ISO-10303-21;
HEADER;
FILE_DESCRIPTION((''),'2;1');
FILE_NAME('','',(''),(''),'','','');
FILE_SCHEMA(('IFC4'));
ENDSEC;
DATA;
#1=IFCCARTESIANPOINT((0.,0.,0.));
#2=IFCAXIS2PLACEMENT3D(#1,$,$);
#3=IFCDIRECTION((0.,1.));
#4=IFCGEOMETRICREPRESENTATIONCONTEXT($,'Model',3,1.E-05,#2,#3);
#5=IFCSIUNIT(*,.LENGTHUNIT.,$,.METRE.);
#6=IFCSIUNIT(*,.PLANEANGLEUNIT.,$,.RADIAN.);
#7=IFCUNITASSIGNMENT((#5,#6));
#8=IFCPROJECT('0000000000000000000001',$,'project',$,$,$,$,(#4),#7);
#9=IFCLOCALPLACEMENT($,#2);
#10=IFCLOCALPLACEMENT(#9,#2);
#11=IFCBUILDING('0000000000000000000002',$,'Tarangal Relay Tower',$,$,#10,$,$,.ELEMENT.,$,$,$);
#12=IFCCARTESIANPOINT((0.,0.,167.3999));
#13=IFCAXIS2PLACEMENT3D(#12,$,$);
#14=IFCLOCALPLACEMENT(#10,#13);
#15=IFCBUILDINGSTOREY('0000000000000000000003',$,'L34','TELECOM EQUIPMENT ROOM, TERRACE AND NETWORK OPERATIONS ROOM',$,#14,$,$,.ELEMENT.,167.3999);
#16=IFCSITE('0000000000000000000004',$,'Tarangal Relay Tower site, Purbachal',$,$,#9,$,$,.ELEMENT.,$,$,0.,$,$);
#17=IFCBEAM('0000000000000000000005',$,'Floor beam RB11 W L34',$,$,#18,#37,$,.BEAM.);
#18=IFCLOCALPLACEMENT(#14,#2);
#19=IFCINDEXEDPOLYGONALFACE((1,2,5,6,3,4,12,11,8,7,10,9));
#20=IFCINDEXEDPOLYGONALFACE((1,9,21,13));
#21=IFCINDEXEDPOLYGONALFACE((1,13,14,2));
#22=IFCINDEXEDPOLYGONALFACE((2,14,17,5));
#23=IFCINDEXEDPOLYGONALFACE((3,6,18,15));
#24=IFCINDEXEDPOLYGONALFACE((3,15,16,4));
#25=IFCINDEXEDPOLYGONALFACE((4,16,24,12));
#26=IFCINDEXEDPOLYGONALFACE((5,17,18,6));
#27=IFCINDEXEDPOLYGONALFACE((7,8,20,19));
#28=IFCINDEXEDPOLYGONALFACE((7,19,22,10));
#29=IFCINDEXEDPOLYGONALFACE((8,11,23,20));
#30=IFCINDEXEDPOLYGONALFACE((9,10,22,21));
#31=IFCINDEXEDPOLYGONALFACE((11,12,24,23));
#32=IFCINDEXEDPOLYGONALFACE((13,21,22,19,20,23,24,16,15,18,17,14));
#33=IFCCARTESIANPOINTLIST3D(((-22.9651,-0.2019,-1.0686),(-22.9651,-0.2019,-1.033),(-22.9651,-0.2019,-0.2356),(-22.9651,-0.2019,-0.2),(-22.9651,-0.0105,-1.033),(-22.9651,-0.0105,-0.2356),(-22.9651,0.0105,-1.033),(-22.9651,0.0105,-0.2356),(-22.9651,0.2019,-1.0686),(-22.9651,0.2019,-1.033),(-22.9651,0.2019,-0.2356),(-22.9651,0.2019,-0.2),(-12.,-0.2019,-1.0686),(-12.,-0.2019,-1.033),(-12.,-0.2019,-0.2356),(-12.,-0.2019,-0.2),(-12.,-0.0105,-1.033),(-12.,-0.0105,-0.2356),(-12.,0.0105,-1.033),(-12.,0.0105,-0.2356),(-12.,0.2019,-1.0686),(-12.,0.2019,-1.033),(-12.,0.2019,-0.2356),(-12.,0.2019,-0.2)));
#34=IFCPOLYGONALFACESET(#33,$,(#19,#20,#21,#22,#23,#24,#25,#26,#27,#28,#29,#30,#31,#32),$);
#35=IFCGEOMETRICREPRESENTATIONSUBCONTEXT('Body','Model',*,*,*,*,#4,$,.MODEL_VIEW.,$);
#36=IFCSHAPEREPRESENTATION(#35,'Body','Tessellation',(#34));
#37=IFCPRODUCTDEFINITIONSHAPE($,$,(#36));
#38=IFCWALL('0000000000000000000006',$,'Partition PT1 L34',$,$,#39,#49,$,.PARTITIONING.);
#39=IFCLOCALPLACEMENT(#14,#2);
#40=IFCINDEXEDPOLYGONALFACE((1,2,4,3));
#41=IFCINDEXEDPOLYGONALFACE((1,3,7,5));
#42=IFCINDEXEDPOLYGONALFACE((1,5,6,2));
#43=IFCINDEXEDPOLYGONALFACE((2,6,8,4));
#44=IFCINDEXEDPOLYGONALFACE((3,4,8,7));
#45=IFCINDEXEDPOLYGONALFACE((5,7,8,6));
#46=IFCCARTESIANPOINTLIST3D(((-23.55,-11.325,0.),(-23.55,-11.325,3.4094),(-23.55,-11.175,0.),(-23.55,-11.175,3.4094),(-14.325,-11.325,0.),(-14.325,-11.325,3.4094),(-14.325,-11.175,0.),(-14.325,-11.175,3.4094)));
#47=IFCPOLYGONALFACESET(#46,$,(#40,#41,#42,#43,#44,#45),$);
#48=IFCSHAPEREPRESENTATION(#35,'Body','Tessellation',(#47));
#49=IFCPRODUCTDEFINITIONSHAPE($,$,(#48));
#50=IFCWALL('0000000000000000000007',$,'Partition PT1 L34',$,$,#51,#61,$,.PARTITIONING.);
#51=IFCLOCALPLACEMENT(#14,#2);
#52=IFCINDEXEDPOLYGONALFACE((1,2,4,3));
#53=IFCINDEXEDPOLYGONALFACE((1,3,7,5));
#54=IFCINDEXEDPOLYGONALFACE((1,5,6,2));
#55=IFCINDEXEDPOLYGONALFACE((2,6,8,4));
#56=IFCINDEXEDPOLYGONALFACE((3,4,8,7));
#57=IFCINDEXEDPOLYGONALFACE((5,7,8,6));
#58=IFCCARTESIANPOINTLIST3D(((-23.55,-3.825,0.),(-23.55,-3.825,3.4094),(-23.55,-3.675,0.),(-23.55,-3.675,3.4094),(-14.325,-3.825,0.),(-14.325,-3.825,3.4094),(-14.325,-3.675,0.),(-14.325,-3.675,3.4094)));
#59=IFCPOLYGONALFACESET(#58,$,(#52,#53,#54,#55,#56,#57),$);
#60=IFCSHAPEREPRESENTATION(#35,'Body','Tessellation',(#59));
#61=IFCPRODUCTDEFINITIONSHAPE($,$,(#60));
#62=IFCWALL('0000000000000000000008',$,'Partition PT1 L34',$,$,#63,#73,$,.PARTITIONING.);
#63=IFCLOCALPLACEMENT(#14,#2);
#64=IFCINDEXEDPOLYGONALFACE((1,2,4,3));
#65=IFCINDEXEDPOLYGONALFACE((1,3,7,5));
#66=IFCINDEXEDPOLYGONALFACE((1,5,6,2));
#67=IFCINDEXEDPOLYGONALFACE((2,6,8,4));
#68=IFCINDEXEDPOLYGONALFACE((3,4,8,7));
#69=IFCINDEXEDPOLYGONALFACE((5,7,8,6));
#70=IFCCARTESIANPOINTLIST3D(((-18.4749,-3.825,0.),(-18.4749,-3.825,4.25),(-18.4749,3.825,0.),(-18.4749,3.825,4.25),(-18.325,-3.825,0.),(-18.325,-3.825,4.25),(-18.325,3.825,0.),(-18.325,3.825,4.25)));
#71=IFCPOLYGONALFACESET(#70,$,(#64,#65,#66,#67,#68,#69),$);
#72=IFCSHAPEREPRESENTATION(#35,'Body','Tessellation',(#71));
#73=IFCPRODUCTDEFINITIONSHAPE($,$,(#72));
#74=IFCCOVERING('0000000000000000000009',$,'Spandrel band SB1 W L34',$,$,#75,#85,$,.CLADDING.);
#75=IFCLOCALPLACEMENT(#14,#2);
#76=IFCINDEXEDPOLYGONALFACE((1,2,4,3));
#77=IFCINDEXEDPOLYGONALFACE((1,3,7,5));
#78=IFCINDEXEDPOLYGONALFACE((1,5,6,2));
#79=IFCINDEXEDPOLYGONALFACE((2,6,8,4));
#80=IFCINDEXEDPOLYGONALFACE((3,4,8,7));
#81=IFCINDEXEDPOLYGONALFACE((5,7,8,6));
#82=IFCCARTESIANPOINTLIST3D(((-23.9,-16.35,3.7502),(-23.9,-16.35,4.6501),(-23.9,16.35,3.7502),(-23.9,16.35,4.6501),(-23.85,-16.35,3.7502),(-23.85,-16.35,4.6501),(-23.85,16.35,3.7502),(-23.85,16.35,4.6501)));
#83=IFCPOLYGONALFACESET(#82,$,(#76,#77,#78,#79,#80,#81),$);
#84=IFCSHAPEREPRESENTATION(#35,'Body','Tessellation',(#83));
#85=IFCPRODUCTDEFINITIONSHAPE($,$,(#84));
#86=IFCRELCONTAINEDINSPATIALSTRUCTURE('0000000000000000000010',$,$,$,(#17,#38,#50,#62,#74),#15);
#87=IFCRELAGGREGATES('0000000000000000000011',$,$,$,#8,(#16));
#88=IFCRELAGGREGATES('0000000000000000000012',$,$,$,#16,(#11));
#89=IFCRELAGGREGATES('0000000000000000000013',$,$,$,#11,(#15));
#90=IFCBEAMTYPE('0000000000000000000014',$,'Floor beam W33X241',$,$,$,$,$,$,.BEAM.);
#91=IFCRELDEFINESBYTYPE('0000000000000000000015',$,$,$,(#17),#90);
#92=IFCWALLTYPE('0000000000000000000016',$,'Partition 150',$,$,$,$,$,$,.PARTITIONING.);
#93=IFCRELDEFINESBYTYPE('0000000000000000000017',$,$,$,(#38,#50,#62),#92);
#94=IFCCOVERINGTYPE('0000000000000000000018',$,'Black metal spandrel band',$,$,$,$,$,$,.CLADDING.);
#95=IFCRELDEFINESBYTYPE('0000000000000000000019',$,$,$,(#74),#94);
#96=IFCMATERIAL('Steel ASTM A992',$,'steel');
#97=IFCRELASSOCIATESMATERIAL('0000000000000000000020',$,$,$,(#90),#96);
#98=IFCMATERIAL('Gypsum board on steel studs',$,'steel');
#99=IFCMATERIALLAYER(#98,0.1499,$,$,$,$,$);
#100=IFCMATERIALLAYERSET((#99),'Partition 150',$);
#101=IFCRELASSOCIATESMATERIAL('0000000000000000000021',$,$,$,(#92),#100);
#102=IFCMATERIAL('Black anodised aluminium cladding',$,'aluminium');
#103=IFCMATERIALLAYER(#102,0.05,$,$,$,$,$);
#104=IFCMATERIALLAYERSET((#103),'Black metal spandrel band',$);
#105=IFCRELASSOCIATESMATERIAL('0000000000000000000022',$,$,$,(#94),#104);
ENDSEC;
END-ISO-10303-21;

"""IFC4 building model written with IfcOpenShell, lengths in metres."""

from ifc_helpers import new_model, si_unit, direction, frame, frame_2d, origin, origin_2d, place, context, subcontext, project, spatial, rectangle, i_section, extrude, material, layer, layer_set, material_profile, profile_set, type_object, element, save


model = new_model("IFC4")

# Units and contexts
model_context = context("Model", 3, precision=1e-05, world=origin(), true_north=direction((0.0, 1.0)))
body_context = subcontext(model_context, "Body", "Model", "MODEL_VIEW")
ifc_project = project(units=[si_unit("LENGTHUNIT", "METRE"), si_unit("PLANEANGLEUNIT", "RADIAN")], contexts=[model_context])

# Site, building, storey
site_placement = place(None, origin())
site = spatial("IfcSite", under=ifc_project, at=site_placement, Name="Tarangal Relay Tower site, Purbachal", CompositionType="ELEMENT", RefElevation=0.0)
building_placement = place(site_placement, origin())
building = spatial("IfcBuilding", under=site, at=building_placement, Name="Tarangal Relay Tower", CompositionType="ELEMENT")
storey_placement = place(building_placement, frame((0.0, 0.0, 167.3999)))
storey = spatial("IfcBuildingStorey", under=building, at=storey_placement, Name="L34", Description="TELECOM EQUIPMENT ROOM, TERRACE AND NETWORK OPERATIONS ROOM", CompositionType="ELEMENT", Elevation=167.3999)

# Beam
ifc_material_1 = material(Name="Steel ASTM A992", Category="steel")
ifc_material_profile_1 = material_profile(ifc_material_1, i_section(OverallWidth=0.4038, OverallDepth=0.8687, WebThickness=0.021, FlangeThickness=0.0356, at=origin_2d()), Name="W33X241")
ifc_profile_set_1 = profile_set([ifc_material_profile_1], Name="Steel ASTM A992")
beam_type_1 = type_object("IfcBeamType", Name="Floor beam W33X241", PredefinedType="BEAM", material=ifc_profile_set_1)
for number, where, z_axis, x_axis, name in (
    (1, (-12.0, 0.0, -0.6343), (-1.0, 0.0, 0.0), (0.0, -1.0, 0.0), "Floor beam RB11 W L34"),
):
    element("IfcBeam", number, at=place(storey_placement, frame(where, z_axis=z_axis, x_axis=x_axis)), inside=storey, type_object=beam_type_1, Name=name, PredefinedType="BEAM", context=body_context, shape_type="SweptSolid", body=[
        extrude(i_section(OverallWidth=0.4038, OverallDepth=0.8687, WebThickness=0.021, FlangeThickness=0.0356, at=origin_2d()), origin(), (0.0, 0.0, 1.0), 10.9651),
    ])

# Walls
ifc_material_2 = material(Name="Gypsum board on steel studs", Category="steel")
ifc_layer_1 = layer(ifc_material_2, 0.1499)
ifc_layer_set_1 = layer_set([ifc_layer_1], Name="Partition 150")
wall_type = type_object("IfcWallType", Name="Partition 150", PredefinedType="PARTITIONING", material=ifc_layer_set_1)
for number, where, z_axis, x_axis, name in (
    (2, (-23.55, -11.25, 0.0), (0.0, 0.0, 1.0), (1.0, 0.0, 0.0), "Partition PT1 L34"),
    (3, (-23.55, -3.75, 0.0), (0.0, 0.0, 1.0), (1.0, 0.0, 0.0), "Partition PT1 L34"),
):
    element("IfcWall", number, at=place(storey_placement, frame(where, z_axis=z_axis, x_axis=x_axis)), inside=storey, type_object=wall_type, Name=name, PredefinedType="PARTITIONING", context=body_context, shape_type="SweptSolid", body=[
        extrude(rectangle(XDim=9.2251, YDim=0.1499, at=frame_2d((4.6125, 0.0))), origin(), (0.0, 0.0, 1.0), 3.4094),
    ])
wall_placement = place(storey_placement, frame((-18.3999, -3.825, 0.0), z_axis=(0.0, 0.0, 1.0), x_axis=(0.0, 1.0, 0.0)))
element("IfcWall", 4, at=wall_placement, inside=storey, type_object=wall_type, Name="Partition PT1 L34", PredefinedType="PARTITIONING", context=body_context, shape_type="SweptSolid", body=[
    extrude(rectangle(XDim=7.6499, YDim=0.1499, at=frame_2d((3.825, 0.0))), origin(), (0.0, 0.0, 1.0), 4.25),
])

# Covering
ifc_material_3 = material(Name="Black anodised aluminium cladding", Category="aluminium")
ifc_layer_2 = layer(ifc_material_3, 0.05)
ifc_layer_set_2 = layer_set([ifc_layer_2], Name="Black metal spandrel band")
covering_type = type_object("IfcCoveringType", Name="Black metal spandrel band", PredefinedType="CLADDING", material=ifc_layer_set_2)
covering_placement = place(storey_placement, frame((-23.875, 0.0, 3.7502), z_axis=(0.0, 0.0, 1.0), x_axis=(0.0, 1.0, 0.0)))
element("IfcCovering", 5, at=covering_placement, inside=storey, type_object=covering_type, Name="Spandrel band SB1 W L34", PredefinedType="CLADDING", context=body_context, shape_type="SweptSolid", body=[
    extrude(rectangle(XDim=32.7, YDim=0.05, at=origin_2d()), origin(), (0.0, 0.0, 1.0), 0.8999),
])

save(model, "model.ifc")
